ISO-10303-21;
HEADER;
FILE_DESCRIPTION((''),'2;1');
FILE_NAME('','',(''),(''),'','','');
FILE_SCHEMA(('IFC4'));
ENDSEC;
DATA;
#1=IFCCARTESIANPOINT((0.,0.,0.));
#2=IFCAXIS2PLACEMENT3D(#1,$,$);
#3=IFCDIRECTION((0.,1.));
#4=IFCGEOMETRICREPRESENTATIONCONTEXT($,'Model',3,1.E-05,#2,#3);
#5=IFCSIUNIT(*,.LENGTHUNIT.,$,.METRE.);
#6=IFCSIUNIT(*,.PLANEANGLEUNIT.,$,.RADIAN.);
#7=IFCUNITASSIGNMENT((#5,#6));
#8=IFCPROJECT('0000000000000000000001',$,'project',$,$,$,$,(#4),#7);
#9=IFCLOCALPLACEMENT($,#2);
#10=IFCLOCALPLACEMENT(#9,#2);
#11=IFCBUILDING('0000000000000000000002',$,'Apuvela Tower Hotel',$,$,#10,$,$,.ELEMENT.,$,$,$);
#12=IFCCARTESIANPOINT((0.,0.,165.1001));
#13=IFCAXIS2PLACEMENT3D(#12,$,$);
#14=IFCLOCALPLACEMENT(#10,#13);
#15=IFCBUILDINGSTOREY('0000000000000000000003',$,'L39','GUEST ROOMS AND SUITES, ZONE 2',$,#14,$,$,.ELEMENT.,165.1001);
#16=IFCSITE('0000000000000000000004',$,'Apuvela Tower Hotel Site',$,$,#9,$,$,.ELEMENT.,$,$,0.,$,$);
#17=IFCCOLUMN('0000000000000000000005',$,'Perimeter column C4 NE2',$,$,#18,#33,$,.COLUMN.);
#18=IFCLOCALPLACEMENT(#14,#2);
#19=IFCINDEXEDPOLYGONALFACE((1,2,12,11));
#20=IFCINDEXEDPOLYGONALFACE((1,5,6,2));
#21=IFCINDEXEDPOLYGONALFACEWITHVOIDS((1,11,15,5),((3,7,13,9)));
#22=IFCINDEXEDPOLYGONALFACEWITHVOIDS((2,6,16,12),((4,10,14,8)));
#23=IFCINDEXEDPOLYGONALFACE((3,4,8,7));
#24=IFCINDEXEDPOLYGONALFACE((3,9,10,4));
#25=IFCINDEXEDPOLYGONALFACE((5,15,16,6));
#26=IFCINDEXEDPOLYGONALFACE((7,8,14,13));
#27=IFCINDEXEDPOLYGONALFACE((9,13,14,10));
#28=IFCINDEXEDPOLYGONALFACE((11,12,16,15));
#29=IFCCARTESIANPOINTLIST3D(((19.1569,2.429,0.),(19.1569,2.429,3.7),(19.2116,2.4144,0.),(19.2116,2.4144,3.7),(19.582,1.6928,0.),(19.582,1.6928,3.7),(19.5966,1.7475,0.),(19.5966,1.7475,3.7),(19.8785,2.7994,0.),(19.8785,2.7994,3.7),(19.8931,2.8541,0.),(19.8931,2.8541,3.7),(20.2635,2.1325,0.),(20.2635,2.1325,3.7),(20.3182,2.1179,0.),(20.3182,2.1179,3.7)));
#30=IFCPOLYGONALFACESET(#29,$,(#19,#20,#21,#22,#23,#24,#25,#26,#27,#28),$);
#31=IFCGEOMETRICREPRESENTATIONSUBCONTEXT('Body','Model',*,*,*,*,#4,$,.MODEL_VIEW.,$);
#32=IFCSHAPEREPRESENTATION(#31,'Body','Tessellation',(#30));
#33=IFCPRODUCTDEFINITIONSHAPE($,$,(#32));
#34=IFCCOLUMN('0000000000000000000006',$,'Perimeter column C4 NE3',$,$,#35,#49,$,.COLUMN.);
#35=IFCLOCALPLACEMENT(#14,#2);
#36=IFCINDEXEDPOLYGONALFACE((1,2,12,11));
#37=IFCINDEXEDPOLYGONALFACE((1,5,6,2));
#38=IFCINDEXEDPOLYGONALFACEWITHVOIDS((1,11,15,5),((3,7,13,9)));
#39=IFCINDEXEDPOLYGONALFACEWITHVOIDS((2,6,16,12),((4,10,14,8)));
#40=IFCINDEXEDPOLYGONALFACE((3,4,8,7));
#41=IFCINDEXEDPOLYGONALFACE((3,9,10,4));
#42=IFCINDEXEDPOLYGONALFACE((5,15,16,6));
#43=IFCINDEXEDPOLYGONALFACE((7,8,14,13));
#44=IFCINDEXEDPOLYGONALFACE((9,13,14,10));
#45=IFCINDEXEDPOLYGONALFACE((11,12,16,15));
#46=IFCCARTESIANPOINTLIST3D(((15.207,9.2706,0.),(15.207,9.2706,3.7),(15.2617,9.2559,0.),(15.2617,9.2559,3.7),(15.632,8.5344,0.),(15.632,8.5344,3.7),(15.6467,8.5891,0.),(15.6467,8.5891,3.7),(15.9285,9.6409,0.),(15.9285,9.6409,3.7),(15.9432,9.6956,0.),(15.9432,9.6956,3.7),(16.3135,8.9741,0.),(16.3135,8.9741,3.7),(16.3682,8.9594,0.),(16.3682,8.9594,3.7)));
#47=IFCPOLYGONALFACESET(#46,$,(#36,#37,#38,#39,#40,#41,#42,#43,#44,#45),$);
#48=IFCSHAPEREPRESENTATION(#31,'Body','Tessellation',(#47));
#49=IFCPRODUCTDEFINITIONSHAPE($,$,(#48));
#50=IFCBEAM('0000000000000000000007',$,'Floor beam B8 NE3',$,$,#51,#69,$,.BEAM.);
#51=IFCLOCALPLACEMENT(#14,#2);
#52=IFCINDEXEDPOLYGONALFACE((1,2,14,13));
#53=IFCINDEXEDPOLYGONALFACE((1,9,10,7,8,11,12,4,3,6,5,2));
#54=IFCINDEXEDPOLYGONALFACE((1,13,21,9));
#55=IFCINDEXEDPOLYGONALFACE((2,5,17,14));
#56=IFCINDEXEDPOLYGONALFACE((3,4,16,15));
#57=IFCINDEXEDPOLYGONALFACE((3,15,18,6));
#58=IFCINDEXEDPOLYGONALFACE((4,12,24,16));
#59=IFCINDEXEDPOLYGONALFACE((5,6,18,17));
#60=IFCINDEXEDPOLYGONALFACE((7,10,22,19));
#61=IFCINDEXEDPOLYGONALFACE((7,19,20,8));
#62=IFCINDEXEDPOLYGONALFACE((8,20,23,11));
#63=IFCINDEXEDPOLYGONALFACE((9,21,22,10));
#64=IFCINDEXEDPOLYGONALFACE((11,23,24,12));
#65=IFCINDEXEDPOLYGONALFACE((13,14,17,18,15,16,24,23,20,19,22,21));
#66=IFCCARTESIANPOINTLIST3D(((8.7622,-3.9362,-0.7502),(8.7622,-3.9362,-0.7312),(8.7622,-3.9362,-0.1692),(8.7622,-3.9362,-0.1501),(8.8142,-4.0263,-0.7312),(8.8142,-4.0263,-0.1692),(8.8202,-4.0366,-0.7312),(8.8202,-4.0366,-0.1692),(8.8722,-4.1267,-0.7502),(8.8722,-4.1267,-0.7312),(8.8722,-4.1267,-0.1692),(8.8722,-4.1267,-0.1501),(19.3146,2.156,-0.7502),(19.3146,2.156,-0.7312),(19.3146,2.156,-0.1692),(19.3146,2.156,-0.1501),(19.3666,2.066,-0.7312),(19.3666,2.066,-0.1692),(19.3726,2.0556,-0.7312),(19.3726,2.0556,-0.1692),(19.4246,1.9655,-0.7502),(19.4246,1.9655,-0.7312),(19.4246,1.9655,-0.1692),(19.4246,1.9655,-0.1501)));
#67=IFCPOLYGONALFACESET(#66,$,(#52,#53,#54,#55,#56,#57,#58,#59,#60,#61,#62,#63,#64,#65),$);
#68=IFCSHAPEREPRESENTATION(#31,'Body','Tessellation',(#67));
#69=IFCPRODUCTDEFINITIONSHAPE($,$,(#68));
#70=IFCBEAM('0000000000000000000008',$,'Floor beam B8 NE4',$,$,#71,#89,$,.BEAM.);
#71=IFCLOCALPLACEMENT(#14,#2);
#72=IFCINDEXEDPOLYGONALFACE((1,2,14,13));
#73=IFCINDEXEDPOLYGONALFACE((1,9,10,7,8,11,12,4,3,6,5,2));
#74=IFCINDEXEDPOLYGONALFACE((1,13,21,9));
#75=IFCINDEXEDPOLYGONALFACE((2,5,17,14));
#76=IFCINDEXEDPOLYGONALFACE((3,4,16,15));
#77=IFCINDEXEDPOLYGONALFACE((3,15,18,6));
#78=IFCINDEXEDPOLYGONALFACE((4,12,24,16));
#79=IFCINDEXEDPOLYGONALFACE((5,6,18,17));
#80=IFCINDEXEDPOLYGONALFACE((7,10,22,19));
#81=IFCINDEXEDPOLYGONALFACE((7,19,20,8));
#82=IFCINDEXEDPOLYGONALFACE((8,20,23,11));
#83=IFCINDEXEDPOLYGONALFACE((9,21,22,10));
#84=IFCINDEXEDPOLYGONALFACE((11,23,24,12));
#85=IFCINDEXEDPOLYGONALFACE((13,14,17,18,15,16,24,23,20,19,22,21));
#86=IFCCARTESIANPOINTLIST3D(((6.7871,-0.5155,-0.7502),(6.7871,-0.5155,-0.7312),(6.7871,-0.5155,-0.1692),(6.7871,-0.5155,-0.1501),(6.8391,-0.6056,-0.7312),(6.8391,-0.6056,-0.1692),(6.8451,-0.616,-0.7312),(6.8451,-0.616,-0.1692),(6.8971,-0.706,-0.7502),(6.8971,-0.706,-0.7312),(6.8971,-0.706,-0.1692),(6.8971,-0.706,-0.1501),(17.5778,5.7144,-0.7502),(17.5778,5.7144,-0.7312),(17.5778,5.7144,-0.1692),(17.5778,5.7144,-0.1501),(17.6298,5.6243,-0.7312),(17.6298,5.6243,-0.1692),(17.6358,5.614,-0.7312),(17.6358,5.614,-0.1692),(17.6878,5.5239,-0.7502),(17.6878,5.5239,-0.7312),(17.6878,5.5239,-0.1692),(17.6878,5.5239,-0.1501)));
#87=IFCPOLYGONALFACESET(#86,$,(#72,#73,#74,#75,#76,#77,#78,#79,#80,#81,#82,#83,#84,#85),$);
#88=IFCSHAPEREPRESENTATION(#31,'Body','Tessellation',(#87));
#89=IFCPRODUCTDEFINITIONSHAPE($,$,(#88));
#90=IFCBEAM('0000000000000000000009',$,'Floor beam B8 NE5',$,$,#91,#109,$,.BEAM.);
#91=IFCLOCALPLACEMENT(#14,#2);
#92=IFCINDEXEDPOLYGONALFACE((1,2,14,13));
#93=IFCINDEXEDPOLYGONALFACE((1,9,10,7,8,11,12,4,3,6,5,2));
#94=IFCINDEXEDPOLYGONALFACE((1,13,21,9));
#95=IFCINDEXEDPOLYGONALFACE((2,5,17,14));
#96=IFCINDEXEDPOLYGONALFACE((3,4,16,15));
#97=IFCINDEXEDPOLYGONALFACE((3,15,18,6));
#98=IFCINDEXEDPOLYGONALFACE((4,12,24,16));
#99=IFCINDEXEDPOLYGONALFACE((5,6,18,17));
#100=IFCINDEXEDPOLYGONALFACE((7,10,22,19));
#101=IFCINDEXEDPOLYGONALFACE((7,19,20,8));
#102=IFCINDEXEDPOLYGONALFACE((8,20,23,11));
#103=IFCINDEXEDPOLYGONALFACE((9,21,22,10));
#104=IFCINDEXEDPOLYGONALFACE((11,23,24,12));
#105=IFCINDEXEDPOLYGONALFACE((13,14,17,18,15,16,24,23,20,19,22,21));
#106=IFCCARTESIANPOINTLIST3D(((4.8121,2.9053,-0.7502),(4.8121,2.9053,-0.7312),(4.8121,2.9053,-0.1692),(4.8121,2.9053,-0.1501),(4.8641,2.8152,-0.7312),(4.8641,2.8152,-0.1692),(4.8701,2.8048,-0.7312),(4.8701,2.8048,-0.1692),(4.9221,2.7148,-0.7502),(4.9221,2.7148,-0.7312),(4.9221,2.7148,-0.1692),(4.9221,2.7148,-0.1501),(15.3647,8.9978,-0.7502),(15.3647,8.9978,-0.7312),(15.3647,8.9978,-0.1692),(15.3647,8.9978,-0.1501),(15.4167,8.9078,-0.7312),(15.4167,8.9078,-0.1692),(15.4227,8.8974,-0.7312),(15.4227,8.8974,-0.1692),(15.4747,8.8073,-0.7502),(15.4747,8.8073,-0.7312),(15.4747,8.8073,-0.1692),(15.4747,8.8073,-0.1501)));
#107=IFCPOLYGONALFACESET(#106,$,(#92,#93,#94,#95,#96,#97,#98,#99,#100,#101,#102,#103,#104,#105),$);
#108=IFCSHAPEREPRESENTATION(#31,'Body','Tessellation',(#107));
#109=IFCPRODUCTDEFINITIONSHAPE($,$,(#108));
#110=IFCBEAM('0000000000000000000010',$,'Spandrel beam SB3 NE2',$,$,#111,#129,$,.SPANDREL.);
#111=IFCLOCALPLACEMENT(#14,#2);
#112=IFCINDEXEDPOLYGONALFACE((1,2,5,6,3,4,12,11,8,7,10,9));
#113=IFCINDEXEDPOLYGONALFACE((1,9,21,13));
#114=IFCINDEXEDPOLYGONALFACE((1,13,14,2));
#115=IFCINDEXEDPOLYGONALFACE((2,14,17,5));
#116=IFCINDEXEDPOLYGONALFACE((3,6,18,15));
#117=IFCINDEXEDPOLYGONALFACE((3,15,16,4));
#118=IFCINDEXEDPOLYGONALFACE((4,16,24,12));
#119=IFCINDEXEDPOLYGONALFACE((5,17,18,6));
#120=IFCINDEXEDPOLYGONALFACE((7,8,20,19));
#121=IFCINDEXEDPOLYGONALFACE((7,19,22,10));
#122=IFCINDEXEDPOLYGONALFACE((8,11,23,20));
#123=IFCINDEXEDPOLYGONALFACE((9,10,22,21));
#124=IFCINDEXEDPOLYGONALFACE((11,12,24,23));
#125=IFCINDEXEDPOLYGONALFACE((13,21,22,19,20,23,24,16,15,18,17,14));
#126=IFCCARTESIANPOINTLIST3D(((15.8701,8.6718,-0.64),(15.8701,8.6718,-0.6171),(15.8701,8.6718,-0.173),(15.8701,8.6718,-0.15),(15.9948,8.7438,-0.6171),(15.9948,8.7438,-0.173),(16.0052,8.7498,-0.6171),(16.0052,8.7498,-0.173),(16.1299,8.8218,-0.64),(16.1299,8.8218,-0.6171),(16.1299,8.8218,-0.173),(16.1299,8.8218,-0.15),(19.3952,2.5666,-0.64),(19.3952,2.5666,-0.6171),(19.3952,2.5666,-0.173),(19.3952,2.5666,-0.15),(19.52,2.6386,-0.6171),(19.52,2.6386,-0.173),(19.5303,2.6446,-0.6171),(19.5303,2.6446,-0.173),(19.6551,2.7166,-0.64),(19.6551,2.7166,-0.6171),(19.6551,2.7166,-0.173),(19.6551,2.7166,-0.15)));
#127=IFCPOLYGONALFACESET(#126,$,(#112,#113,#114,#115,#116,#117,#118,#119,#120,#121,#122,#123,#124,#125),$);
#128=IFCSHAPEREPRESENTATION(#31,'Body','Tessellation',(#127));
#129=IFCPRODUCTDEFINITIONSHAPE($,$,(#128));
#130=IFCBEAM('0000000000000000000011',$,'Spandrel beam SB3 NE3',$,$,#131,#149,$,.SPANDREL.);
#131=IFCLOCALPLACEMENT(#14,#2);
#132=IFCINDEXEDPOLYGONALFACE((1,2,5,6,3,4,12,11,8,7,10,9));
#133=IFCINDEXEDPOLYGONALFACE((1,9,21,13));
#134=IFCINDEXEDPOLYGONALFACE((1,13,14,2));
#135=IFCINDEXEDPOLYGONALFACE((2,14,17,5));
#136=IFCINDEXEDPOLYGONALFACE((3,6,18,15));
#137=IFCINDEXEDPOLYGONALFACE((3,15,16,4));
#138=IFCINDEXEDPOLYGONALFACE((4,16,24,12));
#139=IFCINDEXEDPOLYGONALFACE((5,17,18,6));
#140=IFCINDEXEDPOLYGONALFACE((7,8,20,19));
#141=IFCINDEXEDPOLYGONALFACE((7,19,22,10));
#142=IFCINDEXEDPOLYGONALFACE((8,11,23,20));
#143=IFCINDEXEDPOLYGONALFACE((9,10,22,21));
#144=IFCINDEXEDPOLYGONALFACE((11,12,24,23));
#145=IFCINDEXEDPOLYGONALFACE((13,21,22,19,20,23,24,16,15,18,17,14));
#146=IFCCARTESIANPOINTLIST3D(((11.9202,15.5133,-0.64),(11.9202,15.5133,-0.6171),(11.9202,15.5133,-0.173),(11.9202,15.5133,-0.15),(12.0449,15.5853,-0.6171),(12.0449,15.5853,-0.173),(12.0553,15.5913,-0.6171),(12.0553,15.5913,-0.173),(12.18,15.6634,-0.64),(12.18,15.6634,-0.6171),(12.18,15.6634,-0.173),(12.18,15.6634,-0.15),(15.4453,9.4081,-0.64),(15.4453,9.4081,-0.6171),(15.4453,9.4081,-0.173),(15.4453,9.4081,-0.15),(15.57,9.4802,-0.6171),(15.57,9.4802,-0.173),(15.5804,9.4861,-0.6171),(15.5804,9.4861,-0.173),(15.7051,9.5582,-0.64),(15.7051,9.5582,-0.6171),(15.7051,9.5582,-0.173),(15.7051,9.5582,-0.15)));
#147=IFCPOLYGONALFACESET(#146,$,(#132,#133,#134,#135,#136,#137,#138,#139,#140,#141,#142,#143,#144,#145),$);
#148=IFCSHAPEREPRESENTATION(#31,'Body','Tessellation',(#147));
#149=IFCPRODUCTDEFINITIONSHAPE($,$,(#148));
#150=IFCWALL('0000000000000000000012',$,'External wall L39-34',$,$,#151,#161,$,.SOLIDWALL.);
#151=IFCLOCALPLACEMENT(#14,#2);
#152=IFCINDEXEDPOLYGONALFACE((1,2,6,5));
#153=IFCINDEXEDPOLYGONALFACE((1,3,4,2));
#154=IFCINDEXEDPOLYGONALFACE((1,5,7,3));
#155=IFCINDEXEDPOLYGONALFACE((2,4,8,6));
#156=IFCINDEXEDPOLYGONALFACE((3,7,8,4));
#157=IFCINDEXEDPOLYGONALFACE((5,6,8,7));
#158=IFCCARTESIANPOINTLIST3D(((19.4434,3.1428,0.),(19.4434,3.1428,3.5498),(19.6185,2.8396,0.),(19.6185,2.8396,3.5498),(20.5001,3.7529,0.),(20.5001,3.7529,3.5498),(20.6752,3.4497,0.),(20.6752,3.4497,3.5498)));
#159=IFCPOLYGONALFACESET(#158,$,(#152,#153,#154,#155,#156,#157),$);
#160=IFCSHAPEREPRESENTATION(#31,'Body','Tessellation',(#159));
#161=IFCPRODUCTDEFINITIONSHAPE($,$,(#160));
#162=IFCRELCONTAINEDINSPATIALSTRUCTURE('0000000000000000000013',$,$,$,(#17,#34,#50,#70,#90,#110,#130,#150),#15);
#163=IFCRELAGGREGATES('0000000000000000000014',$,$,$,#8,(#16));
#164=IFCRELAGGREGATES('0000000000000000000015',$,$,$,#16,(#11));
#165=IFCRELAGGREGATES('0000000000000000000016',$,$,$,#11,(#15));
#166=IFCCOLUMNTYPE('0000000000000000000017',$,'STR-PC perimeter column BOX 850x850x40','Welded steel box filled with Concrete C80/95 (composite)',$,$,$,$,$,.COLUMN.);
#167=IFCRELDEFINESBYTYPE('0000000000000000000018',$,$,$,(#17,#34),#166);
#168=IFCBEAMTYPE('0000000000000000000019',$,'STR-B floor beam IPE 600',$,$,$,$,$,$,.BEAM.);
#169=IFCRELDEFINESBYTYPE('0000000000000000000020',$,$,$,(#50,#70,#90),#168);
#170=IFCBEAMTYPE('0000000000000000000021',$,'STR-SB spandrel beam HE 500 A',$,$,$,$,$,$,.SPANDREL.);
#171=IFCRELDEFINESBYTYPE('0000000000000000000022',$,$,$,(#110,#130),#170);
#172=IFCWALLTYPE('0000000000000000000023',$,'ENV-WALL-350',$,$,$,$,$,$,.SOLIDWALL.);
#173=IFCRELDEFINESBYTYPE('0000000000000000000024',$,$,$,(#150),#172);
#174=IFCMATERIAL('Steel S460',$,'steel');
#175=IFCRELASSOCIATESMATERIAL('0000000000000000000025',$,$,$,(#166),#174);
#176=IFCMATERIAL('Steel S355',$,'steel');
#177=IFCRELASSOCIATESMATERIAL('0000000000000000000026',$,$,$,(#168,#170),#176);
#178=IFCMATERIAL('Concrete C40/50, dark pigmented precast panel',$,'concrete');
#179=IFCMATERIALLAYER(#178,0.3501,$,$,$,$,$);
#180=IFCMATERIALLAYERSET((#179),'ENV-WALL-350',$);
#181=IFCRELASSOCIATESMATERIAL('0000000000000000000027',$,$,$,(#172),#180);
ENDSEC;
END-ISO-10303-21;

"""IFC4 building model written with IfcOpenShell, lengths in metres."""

from ifc_helpers import new_model, si_unit, direction, frame, frame_2d, origin, origin_2d, place, context, subcontext, project, spatial, rectangle, hollow_rectangle, i_section, extrude, material, layer, layer_set, material_profile, profile_set, type_object, element, save


model = new_model("IFC4")

# Units and contexts
model_context = context("Model", 3, precision=1e-05, world=origin(), true_north=direction((0.0, 1.0)))
body_context = subcontext(model_context, "Body", "Model", "MODEL_VIEW")
ifc_project = project(units=[si_unit("LENGTHUNIT", "METRE"), si_unit("PLANEANGLEUNIT", "RADIAN")], contexts=[model_context])

# Site, building, storey
site_placement = place(None, origin())
site = spatial("IfcSite", under=ifc_project, at=site_placement, Name="Apuvela Tower Hotel Site", CompositionType="ELEMENT", RefElevation=0.0)
building_placement = place(site_placement, origin())
building = spatial("IfcBuilding", under=site, at=building_placement, Name="Apuvela Tower Hotel", CompositionType="ELEMENT")
storey_placement = place(building_placement, frame((0.0, 0.0, 165.1001)))
storey = spatial("IfcBuildingStorey", under=building, at=storey_placement, Name="L39", Description="GUEST ROOMS AND SUITES, ZONE 2", CompositionType="ELEMENT", Elevation=165.1001)

# Columns
ifc_material_1 = material(Name="Steel S460", Category="steel")
ifc_material_profile_1 = material_profile(ifc_material_1, hollow_rectangle(XDim=0.8501, YDim=0.8501, WallThickness=0.04, at=origin_2d()), Name="BOX 850x850x40")
ifc_material_2 = material(Name="Concrete C80/95", Category="concrete")
ifc_material_profile_2 = material_profile(ifc_material_2, rectangle(XDim=0.77, YDim=0.77, at=origin_2d()), Name="Concrete C80/95 infill")
ifc_profile_set_1 = profile_set([ifc_material_profile_1, ifc_material_profile_2], Name="Steel S460")
column_type = type_object("IfcColumnType", Name="STR-PC perimeter column BOX 850x850x40", Description="Welded steel box filled with Concrete C80/95 (composite)", PredefinedType="COLUMN", material=ifc_profile_set_1)
for number, where, z_axis, x_axis, name in (
    (1, (19.7375, 2.2734, 0.0), (0.0, 0.0, 1.0), (-0.5, 0.866025, 0.0), "Perimeter column C4 NE2"),
    (2, (15.7876, 9.115, 0.0), (0.0, 0.0, 1.0), (-0.5, 0.866025, 0.0), "Perimeter column C4 NE3"),
):
    element("IfcColumn", number, at=place(storey_placement, frame(where, z_axis=z_axis, x_axis=x_axis)), inside=storey, type_object=column_type, Name=name, PredefinedType="COLUMN", context=body_context, shape_type="SweptSolid", body=[
        extrude(hollow_rectangle(XDim=0.8501, YDim=0.8501, WallThickness=0.04, at=origin_2d()), origin(), (0.0, 0.0, 1.0), 3.7),
    ])

# Beams
ifc_material_3 = material(Name="Steel S355", Category="steel")
ifc_material_profile_3 = material_profile(ifc_material_3, i_section(OverallWidth=0.22, OverallDepth=0.6001, WebThickness=0.012, FlangeThickness=0.019, at=origin_2d()), Name="IPE 600")
ifc_profile_set_2 = profile_set([ifc_material_profile_3], Name="Steel S355")
beam_type_1 = type_object("IfcBeamType", Name="STR-B floor beam IPE 600", PredefinedType="BEAM", material=ifc_profile_set_2)
beam_1_placement = place(storey_placement, frame((19.3696, 2.0608, -0.4502), z_axis=(-0.866032, -0.499988, 0.0), x_axis=(0.499988, -0.866032, 0.0)))
element("IfcBeam", 3, at=beam_1_placement, inside=storey, type_object=beam_type_1, Name="Floor beam B8 NE3", PredefinedType="BEAM", context=body_context, shape_type="SweptSolid", body=[
    extrude(i_section(OverallWidth=0.22, OverallDepth=0.6001, WebThickness=0.012, FlangeThickness=0.019, at=origin_2d()), origin(), (0.0, 0.0, 1.0), 12.1848),
])
beam_2_placement = place(storey_placement, frame((17.6328, 5.6191, -0.4502), z_axis=(-0.866028, -0.499996, 0.0), x_axis=(0.499996, -0.866028, 0.0)))
element("IfcBeam", 4, at=beam_2_placement, inside=storey, type_object=beam_type_1, Name="Floor beam B8 NE4", PredefinedType="BEAM", context=body_context, shape_type="SweptSolid", body=[
    extrude(i_section(OverallWidth=0.22, OverallDepth=0.6001, WebThickness=0.012, FlangeThickness=0.019, at=origin_2d()), origin(), (0.0, 0.0, 1.0), 12.46),
])
beam_3_placement = place(storey_placement, frame((15.4197, 8.9026, -0.4502), z_axis=(-0.866024, -0.500003, 0.0), x_axis=(0.500003, -0.866024, 0.0)))
element("IfcBeam", 5, at=beam_3_placement, inside=storey, type_object=beam_type_1, Name="Floor beam B8 NE5", PredefinedType="BEAM", context=body_context, shape_type="SweptSolid", body=[
    extrude(i_section(OverallWidth=0.22, OverallDepth=0.6001, WebThickness=0.012, FlangeThickness=0.019, at=origin_2d()), origin(), (0.0, 0.0, 1.0), 12.1851),
])
ifc_material_profile_4 = material_profile(ifc_material_3, i_section(OverallWidth=0.3, OverallDepth=0.49, WebThickness=0.012, FlangeThickness=0.0229, at=origin_2d()), Name="HE 500 A")
ifc_profile_set_3 = profile_set([ifc_material_profile_4], Name="Steel S355")
beam_type_2 = type_object("IfcBeamType", Name="STR-SB spandrel beam HE 500 A", PredefinedType="SPANDREL", material=ifc_profile_set_3)
for number, where, z_axis, x_axis, name in (
    (6, (19.5251, 2.6416, -0.395), (-0.500031, 0.866007, 0.0), (-0.866007, -0.500031, 0.0), "Spandrel beam SB3 NE2"),
    (7, (15.5752, 9.4832, -0.395), (-0.500031, 0.866007, 0.0), (-0.866007, -0.500031, 0.0), "Spandrel beam SB3 NE3"),
):
    element("IfcBeam", number, at=place(storey_placement, frame(where, z_axis=z_axis, x_axis=x_axis)), inside=storey, type_object=beam_type_2, Name=name, PredefinedType="SPANDREL", context=body_context, shape_type="SweptSolid", body=[
        extrude(i_section(OverallWidth=0.3, OverallDepth=0.49, WebThickness=0.012, FlangeThickness=0.0229, at=origin_2d()), origin(), (0.0, 0.0, 1.0), 7.0498),
    ])

# Wall
ifc_material_4 = material(Name="Concrete C40/50, dark pigmented precast panel", Category="concrete")
ifc_layer_1 = layer(ifc_material_4, 0.3501)
ifc_layer_set_1 = layer_set([ifc_layer_1], Name="ENV-WALL-350")
wall_type_1 = type_object("IfcWallType", Name="ENV-WALL-350", PredefinedType="SOLIDWALL", material=ifc_layer_set_1)
wall_1_placement = place(storey_placement, frame((20.5876, 3.6013, 0.0), z_axis=(0.0, 0.0, 1.0), x_axis=(-0.866006, -0.500034, 0.0)))
element("IfcWall", 8, at=wall_1_placement, inside=storey, type_object=wall_type_1, Name="External wall L39-34", PredefinedType="SOLIDWALL", context=body_context, shape_type="SweptSolid", body=[
    extrude(rectangle(XDim=1.2202, YDim=0.3501, at=frame_2d((0.6101, 0.0))), origin(), (0.0, 0.0, 1.0), 3.5498),
])

save(model, "model.ifc")
